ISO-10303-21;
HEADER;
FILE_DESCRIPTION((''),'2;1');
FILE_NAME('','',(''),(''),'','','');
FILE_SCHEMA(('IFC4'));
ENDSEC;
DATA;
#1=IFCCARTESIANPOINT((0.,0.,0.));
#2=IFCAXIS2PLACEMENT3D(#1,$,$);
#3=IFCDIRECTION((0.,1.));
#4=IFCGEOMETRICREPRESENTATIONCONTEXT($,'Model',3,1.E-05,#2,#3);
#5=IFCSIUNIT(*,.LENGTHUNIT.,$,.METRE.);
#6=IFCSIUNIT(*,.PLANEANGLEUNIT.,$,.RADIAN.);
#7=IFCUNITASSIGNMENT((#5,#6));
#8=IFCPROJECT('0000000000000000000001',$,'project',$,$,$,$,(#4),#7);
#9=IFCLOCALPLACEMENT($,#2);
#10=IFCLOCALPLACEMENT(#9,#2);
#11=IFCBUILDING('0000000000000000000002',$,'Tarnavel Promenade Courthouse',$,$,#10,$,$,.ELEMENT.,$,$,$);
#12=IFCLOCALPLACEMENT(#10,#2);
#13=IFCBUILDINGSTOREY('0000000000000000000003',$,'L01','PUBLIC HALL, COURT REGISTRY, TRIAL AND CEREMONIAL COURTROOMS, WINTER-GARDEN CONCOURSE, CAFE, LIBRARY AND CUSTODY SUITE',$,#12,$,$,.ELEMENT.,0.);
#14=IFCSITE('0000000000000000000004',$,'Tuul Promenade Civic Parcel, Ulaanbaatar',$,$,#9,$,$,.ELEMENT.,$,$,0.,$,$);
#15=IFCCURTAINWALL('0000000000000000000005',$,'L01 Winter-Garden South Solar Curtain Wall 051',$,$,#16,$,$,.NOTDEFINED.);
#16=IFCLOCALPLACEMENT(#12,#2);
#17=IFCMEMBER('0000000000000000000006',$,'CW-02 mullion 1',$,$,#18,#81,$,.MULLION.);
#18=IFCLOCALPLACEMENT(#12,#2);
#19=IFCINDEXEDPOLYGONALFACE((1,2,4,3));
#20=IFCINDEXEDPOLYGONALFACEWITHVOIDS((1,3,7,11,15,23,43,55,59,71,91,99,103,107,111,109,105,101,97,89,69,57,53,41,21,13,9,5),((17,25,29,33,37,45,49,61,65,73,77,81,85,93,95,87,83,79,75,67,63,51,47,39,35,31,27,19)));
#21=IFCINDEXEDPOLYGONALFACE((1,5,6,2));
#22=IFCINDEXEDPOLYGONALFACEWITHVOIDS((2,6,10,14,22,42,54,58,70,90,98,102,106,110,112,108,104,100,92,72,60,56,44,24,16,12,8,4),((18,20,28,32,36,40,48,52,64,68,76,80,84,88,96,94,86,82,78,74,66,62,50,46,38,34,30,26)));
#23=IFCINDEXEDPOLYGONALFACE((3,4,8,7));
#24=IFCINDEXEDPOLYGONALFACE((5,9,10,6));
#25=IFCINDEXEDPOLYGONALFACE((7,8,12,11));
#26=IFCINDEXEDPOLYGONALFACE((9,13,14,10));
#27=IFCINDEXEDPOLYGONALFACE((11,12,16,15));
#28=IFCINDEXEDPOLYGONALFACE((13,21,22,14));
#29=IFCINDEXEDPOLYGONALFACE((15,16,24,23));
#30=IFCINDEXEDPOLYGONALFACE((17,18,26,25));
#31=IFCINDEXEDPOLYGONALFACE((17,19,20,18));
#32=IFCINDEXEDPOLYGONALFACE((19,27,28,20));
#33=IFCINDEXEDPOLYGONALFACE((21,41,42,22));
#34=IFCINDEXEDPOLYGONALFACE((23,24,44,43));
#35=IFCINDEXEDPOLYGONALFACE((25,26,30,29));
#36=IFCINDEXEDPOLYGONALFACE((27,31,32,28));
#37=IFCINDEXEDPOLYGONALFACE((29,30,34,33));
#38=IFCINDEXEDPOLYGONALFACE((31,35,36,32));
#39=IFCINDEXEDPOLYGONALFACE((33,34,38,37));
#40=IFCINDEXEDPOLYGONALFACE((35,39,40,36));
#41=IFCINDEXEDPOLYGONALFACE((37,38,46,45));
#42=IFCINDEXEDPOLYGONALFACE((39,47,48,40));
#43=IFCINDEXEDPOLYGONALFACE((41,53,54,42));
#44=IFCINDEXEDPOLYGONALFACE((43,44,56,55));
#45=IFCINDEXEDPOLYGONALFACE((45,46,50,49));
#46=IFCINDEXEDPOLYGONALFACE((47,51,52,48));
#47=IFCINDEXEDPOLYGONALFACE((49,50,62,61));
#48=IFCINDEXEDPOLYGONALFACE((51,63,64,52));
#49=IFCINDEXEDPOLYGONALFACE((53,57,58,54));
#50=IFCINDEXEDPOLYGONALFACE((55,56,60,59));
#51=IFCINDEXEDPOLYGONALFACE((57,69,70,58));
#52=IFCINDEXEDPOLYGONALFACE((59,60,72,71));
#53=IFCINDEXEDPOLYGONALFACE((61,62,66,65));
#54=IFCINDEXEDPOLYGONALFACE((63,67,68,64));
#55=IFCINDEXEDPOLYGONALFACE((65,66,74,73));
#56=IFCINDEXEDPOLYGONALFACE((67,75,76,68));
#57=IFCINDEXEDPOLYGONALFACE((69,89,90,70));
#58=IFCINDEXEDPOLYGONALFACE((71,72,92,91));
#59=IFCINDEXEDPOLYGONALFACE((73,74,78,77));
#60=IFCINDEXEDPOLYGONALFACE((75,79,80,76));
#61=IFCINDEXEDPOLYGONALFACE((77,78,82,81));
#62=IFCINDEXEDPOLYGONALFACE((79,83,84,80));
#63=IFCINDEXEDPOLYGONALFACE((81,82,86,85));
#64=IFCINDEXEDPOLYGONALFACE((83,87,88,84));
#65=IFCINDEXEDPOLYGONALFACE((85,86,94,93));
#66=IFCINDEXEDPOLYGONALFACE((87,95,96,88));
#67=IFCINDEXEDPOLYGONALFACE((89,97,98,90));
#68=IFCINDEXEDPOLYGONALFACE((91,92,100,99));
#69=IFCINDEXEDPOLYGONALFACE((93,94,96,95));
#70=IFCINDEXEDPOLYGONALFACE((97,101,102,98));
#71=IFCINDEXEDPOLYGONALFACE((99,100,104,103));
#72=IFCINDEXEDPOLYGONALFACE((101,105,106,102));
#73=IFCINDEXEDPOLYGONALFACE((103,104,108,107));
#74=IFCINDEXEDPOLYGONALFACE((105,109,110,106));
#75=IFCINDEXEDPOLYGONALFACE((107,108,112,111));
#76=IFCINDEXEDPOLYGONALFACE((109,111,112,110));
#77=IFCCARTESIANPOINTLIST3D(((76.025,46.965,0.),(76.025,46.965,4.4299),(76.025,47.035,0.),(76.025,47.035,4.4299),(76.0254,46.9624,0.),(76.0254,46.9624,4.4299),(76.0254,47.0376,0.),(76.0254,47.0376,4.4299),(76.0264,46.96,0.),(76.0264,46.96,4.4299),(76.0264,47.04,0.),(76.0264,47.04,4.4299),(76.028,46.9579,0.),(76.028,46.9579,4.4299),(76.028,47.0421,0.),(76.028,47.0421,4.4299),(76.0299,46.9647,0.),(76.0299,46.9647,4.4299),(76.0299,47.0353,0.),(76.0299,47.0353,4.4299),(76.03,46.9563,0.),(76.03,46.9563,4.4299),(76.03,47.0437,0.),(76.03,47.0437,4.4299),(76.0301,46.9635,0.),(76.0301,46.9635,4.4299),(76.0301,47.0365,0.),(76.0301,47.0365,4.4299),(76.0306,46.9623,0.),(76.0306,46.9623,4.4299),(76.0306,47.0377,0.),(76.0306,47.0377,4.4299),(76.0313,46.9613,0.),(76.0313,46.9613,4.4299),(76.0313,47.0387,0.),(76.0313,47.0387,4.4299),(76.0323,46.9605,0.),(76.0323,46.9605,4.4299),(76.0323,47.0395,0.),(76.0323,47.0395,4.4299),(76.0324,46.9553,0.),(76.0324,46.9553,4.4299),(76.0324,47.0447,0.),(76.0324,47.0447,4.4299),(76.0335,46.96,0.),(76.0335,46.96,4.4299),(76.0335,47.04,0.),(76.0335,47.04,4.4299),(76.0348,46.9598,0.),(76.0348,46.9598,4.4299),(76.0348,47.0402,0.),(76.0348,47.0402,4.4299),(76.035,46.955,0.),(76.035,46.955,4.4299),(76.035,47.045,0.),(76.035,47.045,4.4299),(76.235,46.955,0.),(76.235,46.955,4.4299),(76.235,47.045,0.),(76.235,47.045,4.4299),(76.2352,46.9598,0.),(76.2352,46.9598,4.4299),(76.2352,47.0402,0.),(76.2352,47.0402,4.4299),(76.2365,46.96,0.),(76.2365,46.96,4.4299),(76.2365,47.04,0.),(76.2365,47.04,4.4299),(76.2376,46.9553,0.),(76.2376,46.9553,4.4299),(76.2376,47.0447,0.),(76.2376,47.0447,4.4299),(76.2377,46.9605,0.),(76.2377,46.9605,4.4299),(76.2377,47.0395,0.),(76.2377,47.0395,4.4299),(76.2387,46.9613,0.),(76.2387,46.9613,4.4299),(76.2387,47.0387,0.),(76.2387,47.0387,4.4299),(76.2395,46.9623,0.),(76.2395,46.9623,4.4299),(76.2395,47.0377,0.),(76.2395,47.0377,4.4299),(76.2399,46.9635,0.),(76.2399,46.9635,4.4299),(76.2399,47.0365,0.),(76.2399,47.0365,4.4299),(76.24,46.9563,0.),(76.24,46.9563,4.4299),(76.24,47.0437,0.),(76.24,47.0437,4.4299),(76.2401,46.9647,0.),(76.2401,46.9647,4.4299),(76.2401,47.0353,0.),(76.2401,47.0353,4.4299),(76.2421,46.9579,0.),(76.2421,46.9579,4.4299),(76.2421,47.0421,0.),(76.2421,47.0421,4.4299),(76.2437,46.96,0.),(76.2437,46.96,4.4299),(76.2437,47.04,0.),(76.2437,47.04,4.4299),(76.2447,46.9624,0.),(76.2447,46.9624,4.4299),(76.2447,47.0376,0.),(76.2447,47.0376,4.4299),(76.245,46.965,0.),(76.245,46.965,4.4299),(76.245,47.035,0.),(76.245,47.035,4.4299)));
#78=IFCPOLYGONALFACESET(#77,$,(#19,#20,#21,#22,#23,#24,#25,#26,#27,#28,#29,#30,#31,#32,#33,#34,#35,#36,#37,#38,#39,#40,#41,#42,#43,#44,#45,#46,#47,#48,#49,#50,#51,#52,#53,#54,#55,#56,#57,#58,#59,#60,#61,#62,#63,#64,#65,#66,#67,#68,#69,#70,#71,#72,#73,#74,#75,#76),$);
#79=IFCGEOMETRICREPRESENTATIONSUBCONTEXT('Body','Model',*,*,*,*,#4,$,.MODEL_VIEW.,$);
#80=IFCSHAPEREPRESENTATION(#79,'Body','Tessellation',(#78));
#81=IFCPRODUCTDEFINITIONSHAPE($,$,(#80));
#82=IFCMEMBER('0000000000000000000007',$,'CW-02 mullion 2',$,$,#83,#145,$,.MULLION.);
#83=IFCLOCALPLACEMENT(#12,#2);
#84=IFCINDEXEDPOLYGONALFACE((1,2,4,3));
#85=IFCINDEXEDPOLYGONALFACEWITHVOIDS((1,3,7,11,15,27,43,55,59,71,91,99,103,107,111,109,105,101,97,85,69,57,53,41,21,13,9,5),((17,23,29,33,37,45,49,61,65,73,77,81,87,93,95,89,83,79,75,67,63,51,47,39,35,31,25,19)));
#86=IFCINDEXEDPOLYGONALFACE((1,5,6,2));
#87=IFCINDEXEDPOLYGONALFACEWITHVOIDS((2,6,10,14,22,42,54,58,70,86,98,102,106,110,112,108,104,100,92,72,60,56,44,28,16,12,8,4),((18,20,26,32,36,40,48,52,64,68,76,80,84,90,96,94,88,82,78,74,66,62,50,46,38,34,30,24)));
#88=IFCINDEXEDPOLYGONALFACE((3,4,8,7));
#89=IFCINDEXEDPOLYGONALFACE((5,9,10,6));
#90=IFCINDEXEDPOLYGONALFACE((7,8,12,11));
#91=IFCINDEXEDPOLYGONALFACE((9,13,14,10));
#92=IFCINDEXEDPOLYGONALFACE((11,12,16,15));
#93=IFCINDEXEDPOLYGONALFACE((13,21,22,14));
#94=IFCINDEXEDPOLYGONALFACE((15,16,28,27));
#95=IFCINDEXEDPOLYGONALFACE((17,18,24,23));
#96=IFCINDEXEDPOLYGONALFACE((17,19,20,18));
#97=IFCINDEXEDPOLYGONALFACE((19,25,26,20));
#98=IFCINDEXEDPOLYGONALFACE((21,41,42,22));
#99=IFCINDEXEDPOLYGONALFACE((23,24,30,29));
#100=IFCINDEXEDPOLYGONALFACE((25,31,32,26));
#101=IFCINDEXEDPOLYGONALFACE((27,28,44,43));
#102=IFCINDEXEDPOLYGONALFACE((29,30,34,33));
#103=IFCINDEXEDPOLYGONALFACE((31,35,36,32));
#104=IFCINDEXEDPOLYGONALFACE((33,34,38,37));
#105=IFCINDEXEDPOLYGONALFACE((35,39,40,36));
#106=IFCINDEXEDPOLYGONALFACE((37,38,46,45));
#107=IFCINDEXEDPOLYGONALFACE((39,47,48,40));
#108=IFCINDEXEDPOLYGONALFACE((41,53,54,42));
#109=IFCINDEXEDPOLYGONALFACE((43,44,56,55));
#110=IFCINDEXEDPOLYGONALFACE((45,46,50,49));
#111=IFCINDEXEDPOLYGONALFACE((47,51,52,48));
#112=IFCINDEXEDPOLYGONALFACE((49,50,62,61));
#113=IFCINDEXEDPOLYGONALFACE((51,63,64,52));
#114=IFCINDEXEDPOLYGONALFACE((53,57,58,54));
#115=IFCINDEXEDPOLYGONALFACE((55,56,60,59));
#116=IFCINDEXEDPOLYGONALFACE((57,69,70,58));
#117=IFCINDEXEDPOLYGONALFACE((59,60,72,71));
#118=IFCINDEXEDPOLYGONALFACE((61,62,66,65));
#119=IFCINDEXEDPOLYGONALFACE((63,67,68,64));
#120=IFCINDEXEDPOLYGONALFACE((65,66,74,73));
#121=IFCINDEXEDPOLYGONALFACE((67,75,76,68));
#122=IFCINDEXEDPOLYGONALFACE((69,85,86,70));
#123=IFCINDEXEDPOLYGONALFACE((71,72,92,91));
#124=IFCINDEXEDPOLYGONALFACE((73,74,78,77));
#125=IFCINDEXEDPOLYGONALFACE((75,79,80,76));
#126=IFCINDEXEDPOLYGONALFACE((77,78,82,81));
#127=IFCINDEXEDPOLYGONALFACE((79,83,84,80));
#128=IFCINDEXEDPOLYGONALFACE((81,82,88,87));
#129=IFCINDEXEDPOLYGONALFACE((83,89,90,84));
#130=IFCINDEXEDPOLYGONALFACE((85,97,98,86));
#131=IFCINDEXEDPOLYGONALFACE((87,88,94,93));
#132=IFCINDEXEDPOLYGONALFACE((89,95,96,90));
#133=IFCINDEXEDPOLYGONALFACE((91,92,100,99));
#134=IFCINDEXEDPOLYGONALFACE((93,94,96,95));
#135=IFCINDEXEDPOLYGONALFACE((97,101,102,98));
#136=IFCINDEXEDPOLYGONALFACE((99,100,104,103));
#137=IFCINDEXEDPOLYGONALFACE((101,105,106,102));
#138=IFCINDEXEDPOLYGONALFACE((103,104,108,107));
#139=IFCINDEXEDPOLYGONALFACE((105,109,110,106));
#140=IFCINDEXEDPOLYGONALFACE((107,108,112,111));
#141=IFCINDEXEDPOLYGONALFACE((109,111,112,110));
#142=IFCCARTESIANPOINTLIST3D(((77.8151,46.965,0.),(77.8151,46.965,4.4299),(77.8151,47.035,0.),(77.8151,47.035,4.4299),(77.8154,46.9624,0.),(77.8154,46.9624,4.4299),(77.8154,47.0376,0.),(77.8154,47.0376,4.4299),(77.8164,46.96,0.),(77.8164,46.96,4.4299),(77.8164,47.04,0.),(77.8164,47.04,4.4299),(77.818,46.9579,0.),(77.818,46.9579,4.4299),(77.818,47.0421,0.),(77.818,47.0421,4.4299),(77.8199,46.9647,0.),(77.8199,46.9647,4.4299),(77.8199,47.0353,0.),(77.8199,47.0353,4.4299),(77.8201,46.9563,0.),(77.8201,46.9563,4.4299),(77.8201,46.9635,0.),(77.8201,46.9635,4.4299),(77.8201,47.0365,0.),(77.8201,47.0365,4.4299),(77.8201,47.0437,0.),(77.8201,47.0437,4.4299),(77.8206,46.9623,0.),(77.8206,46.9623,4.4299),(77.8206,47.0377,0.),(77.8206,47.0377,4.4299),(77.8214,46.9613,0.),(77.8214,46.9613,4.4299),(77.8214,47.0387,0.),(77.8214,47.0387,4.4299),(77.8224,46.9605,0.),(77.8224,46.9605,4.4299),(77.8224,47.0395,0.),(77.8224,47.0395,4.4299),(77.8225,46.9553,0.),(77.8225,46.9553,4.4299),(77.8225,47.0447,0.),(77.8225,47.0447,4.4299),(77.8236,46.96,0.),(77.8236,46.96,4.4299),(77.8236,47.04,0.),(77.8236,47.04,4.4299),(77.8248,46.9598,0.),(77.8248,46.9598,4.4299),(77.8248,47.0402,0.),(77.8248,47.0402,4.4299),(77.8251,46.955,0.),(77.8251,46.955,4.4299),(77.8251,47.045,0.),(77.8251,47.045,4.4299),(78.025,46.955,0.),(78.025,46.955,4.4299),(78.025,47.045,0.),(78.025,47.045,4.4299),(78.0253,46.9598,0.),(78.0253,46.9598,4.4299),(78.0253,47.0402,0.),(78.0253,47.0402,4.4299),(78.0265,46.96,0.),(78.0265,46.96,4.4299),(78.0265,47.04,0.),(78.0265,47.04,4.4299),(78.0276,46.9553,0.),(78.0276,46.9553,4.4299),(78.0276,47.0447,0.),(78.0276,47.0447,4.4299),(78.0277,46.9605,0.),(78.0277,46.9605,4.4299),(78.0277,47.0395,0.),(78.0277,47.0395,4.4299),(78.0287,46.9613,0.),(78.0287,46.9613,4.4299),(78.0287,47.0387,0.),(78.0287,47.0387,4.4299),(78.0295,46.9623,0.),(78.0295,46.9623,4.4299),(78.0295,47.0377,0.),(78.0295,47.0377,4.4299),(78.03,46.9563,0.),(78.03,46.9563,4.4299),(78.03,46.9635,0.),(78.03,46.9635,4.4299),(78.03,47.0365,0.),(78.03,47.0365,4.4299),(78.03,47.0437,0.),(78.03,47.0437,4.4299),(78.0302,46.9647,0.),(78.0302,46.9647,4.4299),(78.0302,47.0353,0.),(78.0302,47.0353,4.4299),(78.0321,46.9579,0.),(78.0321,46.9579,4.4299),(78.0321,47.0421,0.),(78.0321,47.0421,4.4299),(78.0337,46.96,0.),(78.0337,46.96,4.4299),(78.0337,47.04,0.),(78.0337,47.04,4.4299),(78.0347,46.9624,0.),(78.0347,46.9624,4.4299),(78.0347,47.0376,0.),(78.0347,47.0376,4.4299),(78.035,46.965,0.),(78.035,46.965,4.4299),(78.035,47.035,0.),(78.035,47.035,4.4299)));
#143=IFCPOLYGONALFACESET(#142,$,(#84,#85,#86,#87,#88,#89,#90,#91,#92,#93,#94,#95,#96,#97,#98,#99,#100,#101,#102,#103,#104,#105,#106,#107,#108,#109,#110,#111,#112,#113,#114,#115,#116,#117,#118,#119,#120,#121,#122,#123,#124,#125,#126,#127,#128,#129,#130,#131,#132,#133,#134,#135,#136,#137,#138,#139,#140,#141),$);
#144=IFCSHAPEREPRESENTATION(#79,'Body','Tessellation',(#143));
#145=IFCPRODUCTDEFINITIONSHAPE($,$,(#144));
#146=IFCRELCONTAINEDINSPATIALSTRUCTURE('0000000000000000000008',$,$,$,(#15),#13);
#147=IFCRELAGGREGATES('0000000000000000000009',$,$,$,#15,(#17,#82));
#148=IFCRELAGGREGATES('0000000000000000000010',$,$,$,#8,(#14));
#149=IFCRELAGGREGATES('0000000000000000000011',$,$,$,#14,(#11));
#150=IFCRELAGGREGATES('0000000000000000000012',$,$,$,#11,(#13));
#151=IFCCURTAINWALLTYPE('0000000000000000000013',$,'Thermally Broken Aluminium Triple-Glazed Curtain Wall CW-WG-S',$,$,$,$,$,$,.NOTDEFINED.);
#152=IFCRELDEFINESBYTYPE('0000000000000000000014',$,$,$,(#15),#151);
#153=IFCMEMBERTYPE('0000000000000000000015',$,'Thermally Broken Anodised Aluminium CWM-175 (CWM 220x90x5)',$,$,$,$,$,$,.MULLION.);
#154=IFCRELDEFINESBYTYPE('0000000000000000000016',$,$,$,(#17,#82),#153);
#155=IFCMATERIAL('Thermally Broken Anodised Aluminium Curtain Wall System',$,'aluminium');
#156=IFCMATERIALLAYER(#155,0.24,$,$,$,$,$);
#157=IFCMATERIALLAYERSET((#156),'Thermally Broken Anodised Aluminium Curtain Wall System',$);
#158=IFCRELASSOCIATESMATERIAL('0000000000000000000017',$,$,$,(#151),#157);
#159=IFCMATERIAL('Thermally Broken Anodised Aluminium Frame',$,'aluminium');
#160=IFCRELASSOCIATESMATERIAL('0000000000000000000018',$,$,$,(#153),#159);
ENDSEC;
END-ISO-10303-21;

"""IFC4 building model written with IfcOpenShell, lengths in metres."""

from ifc_helpers import new_model, si_unit, direction, frame, origin, origin_2d, place, context, subcontext, project, spatial, hollow_rectangle, extrude, material, layer, layer_set, material_profile, profile_set, type_object, element, aggregate, save


model = new_model("IFC4")

# Units and contexts
model_context = context("Model", 3, precision=1e-05, world=origin(), true_north=direction((0.0, 1.0)))
body_context = subcontext(model_context, "Body", "Model", "MODEL_VIEW")
ifc_project = project(units=[si_unit("LENGTHUNIT", "METRE"), si_unit("PLANEANGLEUNIT", "RADIAN")], contexts=[model_context])

# Site, building, storey
site_placement = place(None, origin())
site = spatial("IfcSite", under=ifc_project, at=site_placement, Name="Tuul Promenade Civic Parcel, Ulaanbaatar", CompositionType="ELEMENT", RefElevation=0.0)
building_placement = place(site_placement, origin())
building = spatial("IfcBuilding", under=site, at=building_placement, Name="Tarnavel Promenade Courthouse", CompositionType="ELEMENT")
storey_placement = place(building_placement, origin())
storey = spatial("IfcBuildingStorey", under=building, at=storey_placement, Name="L01", Description="PUBLIC HALL, COURT REGISTRY, TRIAL AND CEREMONIAL COURTROOMS, WINTER-GARDEN CONCOURSE, CAFE, LIBRARY AND CUSTODY SUITE", CompositionType="ELEMENT", Elevation=0.0)

# Shared definitions
ifc_material_1 = material(Name="Thermally Broken Anodised Aluminium Curtain Wall System", Category="aluminium")
ifc_layer_1 = layer(ifc_material_1, 0.24)
ifc_layer_set_1 = layer_set([ifc_layer_1], Name="Thermally Broken Anodised Aluminium Curtain Wall System")
curtain_wall_type = type_object("IfcCurtainWallType", Name="Thermally Broken Aluminium Triple-Glazed Curtain Wall CW-WG-S", PredefinedType="NOTDEFINED", material=ifc_layer_set_1)
ifc_material_2 = material(Name="Thermally Broken Anodised Aluminium Frame", Category="aluminium")
ifc_material_profile_1 = material_profile(ifc_material_2, hollow_rectangle(XDim=0.0901, YDim=0.22, WallThickness=0.0049, InnerFilletRadius=0.0049, OuterFilletRadius=0.01, at=origin_2d()), Name="CWM 220x90x5")
ifc_profile_set_1 = profile_set([ifc_material_profile_1], Name="Thermally Broken Anodised Aluminium Frame")
member_type_1 = type_object("IfcMemberType", Name="Thermally Broken Anodised Aluminium CWM-175 (CWM 220x90x5)", PredefinedType="MULLION", material=ifc_profile_set_1)

# Curtain wall, members
curtain_wall_1_placement = place(storey_placement, origin())
curtain_wall_1 = element("IfcCurtainWall", 1, at=curtain_wall_1_placement, inside=storey, type_object=curtain_wall_type, Name="L01 Winter-Garden South Solar Curtain Wall 051", PredefinedType="NOTDEFINED")
member_1_placement = place(storey_placement, frame((76.135, 47.0, 0.0), z_axis=(0.0, 0.0, 1.0), x_axis=(0.0, 1.0, 0.0)))
member_1 = element("IfcMember", 2, at=member_1_placement, type_object=member_type_1, Name="CW-02 mullion 1", PredefinedType="MULLION", context=body_context, shape_type="SweptSolid", body=[
    extrude(hollow_rectangle(XDim=0.0901, YDim=0.22, WallThickness=0.0049, InnerFilletRadius=0.0049, OuterFilletRadius=0.01, at=origin_2d()), origin(), (0.0, 0.0, 1.0), 4.4299),
])
member_2_placement = place(storey_placement, frame((77.925, 47.0, 0.0), z_axis=(0.0, 0.0, 1.0), x_axis=(0.0, 1.0, 0.0)))
member_2 = element("IfcMember", 3, at=member_2_placement, type_object=member_type_1, Name="CW-02 mullion 2", PredefinedType="MULLION", context=body_context, shape_type="SweptSolid", body=[
    extrude(hollow_rectangle(XDim=0.0901, YDim=0.22, WallThickness=0.0049, InnerFilletRadius=0.0049, OuterFilletRadius=0.01, at=origin_2d()), origin(), (0.0, 0.0, 1.0), 4.4299),
])

aggregate(curtain_wall_1, [member_1, member_2])

save(model, "model.ifc")
